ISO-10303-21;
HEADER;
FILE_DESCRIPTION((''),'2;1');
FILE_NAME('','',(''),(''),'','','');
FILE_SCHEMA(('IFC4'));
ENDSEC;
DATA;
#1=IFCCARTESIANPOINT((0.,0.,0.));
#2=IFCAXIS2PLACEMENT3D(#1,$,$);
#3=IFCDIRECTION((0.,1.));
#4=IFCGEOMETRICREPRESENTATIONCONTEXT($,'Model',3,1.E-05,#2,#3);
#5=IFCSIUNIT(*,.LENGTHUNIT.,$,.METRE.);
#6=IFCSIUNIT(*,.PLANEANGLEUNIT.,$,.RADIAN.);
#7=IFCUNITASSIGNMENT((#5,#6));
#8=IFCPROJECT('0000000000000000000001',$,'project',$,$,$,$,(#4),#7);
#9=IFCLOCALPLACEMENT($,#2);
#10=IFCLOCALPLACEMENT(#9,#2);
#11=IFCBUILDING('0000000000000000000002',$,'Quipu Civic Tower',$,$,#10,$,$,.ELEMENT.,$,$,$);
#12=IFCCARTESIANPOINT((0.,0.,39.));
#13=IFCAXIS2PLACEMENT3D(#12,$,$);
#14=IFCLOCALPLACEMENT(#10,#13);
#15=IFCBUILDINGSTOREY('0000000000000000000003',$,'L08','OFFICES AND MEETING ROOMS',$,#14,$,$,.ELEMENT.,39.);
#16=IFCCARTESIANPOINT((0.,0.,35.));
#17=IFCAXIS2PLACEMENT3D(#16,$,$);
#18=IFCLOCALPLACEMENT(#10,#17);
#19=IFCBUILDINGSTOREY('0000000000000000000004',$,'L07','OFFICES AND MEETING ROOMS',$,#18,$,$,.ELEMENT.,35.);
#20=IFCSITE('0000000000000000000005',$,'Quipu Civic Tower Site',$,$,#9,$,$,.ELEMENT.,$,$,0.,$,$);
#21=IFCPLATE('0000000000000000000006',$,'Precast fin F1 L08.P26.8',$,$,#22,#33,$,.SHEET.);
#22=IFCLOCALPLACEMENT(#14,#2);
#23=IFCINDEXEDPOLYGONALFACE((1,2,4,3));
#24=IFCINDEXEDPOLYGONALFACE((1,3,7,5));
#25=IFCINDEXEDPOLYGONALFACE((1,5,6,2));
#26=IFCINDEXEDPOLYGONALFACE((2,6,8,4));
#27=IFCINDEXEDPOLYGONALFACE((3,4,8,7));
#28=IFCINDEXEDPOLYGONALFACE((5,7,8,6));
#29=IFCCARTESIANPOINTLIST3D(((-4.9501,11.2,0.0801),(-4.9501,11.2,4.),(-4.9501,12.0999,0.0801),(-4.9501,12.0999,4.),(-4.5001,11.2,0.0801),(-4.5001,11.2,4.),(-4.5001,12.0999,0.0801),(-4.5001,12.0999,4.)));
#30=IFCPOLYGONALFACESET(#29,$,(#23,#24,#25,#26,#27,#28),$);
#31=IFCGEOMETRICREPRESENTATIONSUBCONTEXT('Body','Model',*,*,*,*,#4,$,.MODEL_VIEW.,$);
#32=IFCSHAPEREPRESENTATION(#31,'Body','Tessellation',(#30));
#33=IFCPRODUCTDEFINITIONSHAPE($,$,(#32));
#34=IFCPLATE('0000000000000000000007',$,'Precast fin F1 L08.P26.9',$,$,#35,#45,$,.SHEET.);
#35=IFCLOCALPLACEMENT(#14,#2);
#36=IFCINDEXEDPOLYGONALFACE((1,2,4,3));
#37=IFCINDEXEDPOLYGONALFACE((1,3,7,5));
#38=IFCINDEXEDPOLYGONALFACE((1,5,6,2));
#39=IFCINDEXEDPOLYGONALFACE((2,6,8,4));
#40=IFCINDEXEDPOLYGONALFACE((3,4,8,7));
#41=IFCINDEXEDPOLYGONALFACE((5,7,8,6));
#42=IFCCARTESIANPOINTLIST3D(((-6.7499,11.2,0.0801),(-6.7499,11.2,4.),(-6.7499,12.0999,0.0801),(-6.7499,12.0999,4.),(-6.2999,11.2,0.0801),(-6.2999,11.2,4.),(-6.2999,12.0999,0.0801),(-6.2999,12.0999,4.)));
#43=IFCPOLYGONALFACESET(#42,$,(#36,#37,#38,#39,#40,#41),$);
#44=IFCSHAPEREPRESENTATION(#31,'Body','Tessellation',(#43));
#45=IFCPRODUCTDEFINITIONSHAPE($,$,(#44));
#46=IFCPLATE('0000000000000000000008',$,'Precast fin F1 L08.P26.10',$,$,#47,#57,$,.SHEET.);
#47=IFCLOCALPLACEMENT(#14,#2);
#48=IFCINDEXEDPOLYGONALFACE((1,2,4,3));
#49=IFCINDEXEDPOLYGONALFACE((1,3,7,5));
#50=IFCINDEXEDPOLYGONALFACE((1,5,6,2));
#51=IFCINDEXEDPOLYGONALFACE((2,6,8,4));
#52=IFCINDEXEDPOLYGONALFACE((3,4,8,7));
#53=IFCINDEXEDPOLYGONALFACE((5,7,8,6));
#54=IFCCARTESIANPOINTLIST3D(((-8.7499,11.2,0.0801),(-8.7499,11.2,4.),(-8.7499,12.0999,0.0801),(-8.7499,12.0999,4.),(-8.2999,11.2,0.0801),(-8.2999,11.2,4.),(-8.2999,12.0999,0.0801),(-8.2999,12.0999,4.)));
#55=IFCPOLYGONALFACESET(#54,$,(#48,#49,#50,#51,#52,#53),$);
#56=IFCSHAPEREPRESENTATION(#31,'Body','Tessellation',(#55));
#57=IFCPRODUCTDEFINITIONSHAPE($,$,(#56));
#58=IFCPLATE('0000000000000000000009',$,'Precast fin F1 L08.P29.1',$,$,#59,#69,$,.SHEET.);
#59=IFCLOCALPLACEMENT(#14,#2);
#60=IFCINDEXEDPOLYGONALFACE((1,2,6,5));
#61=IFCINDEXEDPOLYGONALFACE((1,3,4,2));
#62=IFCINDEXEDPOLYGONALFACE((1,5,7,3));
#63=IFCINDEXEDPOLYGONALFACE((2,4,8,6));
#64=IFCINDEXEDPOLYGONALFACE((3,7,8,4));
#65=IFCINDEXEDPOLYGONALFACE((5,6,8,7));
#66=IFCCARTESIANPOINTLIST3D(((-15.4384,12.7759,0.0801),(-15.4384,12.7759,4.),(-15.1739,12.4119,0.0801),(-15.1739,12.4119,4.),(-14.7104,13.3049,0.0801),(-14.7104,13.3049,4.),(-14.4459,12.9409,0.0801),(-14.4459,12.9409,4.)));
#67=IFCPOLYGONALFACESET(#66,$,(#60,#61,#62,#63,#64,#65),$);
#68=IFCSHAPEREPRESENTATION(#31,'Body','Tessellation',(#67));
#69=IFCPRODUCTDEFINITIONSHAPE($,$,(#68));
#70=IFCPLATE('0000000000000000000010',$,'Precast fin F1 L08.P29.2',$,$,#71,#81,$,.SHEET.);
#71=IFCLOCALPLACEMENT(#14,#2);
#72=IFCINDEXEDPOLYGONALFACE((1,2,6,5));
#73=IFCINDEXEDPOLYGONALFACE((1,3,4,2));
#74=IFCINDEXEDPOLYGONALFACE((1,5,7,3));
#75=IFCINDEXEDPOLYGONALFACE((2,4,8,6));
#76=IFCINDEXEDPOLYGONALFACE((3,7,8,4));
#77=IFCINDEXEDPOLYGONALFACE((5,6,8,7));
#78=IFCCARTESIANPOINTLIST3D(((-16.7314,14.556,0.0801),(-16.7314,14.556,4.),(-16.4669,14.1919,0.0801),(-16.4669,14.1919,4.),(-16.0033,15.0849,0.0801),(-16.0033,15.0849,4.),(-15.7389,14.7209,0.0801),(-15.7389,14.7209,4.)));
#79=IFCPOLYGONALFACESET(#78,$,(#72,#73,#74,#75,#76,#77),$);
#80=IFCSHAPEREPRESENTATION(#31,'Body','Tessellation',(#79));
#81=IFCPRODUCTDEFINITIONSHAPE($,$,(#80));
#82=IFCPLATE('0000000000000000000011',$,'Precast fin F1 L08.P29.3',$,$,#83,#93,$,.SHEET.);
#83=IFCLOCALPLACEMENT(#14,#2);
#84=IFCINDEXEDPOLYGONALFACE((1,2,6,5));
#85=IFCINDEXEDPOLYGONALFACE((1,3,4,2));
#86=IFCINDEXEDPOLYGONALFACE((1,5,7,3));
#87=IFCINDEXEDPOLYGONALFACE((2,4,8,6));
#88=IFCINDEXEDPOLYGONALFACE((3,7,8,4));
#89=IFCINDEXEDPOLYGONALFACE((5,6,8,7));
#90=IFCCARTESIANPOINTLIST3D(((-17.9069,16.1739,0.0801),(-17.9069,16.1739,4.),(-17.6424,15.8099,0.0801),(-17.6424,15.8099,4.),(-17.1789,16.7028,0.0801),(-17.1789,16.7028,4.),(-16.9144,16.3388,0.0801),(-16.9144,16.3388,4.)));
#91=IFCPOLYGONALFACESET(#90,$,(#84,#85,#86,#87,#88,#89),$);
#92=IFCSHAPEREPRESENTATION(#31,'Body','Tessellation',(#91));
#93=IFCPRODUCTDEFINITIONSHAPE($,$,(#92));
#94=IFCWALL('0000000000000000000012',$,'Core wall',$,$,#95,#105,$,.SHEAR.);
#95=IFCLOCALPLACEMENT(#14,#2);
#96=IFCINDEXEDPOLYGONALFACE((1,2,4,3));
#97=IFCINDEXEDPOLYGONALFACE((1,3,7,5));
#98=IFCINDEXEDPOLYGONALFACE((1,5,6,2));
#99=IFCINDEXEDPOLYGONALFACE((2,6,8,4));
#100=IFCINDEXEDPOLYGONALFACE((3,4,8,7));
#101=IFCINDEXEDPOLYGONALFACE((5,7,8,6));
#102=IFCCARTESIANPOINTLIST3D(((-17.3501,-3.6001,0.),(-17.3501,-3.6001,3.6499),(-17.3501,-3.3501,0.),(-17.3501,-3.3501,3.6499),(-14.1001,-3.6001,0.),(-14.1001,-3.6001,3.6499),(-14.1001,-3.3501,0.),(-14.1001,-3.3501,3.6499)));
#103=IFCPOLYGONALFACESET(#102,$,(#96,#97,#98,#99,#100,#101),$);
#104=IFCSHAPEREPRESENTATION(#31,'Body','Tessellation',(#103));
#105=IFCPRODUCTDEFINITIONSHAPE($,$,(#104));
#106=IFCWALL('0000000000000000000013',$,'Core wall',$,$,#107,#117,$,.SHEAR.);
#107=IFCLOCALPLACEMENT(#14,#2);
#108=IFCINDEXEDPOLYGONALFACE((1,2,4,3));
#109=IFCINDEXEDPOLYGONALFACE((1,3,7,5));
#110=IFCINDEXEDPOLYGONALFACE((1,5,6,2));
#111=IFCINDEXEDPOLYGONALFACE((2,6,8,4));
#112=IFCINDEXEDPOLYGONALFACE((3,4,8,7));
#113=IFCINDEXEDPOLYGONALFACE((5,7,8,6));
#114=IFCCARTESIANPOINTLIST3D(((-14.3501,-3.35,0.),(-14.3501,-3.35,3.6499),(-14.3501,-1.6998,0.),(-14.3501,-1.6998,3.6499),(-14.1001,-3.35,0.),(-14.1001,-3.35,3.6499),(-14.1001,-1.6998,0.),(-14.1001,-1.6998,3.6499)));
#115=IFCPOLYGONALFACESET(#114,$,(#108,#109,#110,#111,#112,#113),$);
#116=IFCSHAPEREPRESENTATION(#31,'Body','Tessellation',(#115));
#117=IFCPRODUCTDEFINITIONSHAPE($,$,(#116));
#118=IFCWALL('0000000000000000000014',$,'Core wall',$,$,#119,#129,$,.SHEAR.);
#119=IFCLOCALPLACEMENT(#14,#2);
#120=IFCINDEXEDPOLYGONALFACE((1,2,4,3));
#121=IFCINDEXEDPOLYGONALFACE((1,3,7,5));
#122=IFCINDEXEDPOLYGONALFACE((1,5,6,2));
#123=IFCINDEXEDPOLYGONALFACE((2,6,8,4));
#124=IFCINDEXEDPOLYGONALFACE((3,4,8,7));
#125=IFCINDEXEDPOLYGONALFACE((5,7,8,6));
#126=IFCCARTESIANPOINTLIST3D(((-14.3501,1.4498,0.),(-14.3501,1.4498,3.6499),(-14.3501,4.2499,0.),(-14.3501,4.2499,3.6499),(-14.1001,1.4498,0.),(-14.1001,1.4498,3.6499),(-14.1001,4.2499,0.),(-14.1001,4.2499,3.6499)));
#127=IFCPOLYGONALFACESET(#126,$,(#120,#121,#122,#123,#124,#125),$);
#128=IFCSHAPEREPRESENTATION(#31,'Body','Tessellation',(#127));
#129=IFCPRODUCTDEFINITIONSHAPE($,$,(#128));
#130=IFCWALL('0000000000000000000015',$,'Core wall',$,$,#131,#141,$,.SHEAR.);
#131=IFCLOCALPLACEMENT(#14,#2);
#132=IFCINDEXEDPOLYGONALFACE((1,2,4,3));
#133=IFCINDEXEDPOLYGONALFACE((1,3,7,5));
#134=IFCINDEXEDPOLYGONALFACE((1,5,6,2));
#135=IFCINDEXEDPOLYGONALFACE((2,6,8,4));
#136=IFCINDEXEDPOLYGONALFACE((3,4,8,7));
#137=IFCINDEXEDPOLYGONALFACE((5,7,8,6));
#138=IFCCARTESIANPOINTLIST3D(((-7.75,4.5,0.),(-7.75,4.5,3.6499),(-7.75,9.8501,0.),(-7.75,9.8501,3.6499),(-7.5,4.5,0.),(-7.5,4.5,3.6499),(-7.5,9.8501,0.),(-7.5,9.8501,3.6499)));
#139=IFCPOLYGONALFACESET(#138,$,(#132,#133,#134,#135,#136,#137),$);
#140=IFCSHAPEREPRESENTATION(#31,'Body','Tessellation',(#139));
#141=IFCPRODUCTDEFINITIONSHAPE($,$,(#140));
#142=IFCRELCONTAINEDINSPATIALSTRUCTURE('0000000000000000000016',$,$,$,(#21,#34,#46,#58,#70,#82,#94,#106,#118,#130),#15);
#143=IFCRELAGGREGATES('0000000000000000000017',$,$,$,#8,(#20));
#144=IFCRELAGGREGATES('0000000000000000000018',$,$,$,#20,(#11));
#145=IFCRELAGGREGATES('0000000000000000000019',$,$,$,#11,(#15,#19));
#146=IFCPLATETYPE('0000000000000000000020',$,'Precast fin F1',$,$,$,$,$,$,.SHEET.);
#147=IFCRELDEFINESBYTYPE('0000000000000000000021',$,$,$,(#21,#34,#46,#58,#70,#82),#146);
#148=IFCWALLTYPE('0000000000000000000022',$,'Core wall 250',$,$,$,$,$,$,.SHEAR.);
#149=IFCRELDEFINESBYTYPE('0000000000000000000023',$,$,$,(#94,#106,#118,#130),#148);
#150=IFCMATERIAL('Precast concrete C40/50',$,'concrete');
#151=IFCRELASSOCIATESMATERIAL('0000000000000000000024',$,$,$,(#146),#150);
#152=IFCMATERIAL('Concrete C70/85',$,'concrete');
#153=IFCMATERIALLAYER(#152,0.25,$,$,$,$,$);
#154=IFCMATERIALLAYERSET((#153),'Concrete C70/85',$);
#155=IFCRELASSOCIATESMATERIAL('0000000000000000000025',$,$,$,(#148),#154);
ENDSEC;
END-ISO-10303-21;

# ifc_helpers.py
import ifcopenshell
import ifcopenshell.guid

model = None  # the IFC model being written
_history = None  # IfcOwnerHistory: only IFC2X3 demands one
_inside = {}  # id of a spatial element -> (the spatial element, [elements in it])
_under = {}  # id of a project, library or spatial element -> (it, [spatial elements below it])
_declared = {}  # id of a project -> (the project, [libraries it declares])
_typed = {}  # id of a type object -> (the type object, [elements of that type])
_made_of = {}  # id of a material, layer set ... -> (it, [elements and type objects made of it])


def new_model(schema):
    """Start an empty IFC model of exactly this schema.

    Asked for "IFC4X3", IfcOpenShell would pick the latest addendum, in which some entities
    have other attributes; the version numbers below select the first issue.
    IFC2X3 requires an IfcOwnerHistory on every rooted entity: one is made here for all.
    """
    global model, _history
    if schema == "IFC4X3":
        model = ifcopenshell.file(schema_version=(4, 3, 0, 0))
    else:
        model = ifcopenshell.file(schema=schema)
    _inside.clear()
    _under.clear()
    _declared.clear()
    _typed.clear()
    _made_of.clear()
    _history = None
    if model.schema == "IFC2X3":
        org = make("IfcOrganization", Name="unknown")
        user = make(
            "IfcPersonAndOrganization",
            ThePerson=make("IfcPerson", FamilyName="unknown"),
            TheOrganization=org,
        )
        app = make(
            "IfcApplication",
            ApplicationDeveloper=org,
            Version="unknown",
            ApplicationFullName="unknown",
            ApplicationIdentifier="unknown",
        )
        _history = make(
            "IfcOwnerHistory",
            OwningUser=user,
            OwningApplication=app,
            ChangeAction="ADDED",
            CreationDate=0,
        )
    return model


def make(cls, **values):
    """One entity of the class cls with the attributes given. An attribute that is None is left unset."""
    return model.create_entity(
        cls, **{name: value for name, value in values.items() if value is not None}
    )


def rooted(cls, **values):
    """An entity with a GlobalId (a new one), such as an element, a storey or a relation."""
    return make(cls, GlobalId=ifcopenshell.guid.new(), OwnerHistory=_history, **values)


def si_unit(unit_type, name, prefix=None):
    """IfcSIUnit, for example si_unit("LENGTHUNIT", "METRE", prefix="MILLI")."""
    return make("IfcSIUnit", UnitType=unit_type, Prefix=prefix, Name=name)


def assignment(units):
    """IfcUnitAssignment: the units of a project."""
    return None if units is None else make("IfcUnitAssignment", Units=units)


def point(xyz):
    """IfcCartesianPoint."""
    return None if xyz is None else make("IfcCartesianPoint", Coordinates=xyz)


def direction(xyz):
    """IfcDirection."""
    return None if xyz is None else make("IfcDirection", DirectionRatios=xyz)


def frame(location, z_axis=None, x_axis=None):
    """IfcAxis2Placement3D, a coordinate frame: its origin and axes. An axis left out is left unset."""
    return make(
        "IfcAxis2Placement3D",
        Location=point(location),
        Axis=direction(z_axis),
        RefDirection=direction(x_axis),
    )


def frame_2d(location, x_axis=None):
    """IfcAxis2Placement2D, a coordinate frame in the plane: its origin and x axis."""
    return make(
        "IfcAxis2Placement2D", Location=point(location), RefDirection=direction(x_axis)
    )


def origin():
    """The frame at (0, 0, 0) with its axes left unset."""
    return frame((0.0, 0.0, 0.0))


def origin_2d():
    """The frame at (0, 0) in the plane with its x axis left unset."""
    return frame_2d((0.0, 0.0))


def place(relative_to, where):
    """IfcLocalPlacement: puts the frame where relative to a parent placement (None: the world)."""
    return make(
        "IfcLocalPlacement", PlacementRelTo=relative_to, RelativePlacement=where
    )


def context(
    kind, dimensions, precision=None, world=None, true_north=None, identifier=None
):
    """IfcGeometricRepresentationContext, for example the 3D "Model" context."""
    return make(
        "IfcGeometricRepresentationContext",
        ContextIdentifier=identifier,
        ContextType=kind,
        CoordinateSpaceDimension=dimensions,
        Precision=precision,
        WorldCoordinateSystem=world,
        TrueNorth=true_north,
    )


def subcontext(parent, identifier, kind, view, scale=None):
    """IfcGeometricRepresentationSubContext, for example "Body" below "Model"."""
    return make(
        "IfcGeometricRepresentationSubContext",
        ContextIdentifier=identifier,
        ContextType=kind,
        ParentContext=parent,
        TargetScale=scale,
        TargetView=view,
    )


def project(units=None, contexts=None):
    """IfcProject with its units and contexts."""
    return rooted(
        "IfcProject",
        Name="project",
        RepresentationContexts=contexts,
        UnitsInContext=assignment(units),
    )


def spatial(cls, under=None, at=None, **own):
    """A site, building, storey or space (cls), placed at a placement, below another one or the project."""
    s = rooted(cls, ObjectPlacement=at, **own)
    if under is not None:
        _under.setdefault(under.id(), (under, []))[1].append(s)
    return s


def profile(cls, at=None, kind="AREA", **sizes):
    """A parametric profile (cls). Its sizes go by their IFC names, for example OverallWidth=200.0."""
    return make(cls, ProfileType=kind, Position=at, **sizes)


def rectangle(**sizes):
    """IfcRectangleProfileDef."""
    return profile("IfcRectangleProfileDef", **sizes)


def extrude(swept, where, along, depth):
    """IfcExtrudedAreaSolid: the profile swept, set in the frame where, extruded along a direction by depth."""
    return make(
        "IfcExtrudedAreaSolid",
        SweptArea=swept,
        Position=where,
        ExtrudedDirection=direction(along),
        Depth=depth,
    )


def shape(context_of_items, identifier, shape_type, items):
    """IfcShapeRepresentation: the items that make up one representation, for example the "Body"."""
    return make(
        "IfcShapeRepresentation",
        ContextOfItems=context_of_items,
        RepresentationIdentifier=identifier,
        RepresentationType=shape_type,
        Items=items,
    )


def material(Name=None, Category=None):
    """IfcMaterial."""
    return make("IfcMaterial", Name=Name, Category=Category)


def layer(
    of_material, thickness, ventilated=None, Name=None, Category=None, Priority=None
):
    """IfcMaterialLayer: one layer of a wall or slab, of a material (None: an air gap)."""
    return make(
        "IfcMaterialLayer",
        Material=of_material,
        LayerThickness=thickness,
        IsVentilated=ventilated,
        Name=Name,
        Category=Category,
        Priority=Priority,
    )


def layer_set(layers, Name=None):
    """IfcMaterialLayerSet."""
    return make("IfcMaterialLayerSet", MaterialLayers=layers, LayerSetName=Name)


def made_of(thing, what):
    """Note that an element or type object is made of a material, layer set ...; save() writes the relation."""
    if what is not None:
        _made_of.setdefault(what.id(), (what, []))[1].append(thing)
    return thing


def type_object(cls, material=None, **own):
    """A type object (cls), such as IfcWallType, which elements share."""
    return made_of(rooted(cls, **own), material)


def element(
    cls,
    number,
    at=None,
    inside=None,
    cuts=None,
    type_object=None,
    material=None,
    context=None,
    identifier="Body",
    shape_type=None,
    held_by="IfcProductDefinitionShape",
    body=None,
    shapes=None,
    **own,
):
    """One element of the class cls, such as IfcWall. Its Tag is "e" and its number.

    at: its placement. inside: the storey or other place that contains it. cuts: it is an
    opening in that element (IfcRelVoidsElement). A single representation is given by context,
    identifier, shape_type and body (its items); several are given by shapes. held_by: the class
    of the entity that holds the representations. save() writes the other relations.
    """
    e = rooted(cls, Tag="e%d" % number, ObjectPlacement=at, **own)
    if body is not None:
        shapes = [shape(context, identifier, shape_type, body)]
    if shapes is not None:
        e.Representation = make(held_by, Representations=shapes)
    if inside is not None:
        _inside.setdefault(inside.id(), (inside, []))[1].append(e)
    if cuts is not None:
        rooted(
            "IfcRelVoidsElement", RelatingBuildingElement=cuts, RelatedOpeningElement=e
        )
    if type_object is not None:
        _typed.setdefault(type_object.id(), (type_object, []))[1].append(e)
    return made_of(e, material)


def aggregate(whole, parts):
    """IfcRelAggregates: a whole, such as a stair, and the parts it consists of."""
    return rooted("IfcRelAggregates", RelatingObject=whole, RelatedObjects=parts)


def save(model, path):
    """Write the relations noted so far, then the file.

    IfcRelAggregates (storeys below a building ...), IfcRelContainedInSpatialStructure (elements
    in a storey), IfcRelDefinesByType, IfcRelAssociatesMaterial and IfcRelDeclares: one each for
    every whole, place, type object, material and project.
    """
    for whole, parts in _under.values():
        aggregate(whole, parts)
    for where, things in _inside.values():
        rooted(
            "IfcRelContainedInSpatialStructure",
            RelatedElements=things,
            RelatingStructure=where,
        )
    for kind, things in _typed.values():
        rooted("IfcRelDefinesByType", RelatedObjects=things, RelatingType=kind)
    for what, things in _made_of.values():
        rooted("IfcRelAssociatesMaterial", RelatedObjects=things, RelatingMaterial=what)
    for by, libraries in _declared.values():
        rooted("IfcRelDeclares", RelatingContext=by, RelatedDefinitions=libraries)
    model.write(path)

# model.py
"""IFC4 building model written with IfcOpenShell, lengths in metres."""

from ifc_helpers import new_model, si_unit, direction, frame, frame_2d, origin, origin_2d, place, context, subcontext, project, spatial, rectangle, extrude, material, layer, layer_set, type_object, element, save


model = new_model("IFC4")

# Units and contexts
model_context = context("Model", 3, precision=1e-05, world=origin(), true_north=direction((0.0, 1.0)))
body_context = subcontext(model_context, "Body", "Model", "MODEL_VIEW")
ifc_project = project(units=[si_unit("LENGTHUNIT", "METRE"), si_unit("PLANEANGLEUNIT", "RADIAN")], contexts=[model_context])

# Site, building, storey
site_placement = place(None, origin())
site = spatial("IfcSite", under=ifc_project, at=site_placement, Name="Quipu Civic Tower Site", CompositionType="ELEMENT", RefElevation=0.0)
building_placement = place(site_placement, origin())
building = spatial("IfcBuilding", under=site, at=building_placement, Name="Quipu Civic Tower", CompositionType="ELEMENT")
storey_1_placement = place(building_placement, frame((0.0, 0.0, 39.0)))
storey_1 = spatial("IfcBuildingStorey", under=building, at=storey_1_placement, Name="L08", Description="OFFICES AND MEETING ROOMS", CompositionType="ELEMENT", Elevation=39.0)

# Shared definitions
storey_2_placement = place(building_placement, frame((0.0, 0.0, 35.0)))
storey_2 = spatial("IfcBuildingStorey", under=building, at=storey_2_placement, Name="L07", Description="OFFICES AND MEETING ROOMS", CompositionType="ELEMENT", Elevation=35.0)

# Plates
ifc_material_1 = material(Name="Precast concrete C40/50", Category="concrete")
plate_type_1 = type_object("IfcPlateType", Name="Precast fin F1", PredefinedType="SHEET", material=ifc_material_1)
for number, where, z_axis, x_axis, name in (
    (1, (-4.7251, 11.6499, 0.0801), (0.0, 0.0, 1.0), (-1.0, 0.0, 0.0), "Precast fin F1 L08.P26.8"),
    (2, (-6.5249, 11.6499, 0.0801), (0.0, 0.0, 1.0), (-1.0, 0.0, 0.0), "Precast fin F1 L08.P26.9"),
    (3, (-8.5249, 11.6499, 0.0801), (0.0, 0.0, 1.0), (-1.0, 0.0, 0.0), "Precast fin F1 L08.P26.10"),
    (4, (-14.9421, 12.8584, 0.0801), (0.0, 0.0, 1.0), (-0.587785, 0.809017, 0.0), "Precast fin F1 L08.P29.1"),
    (5, (-16.2351, 14.6384, 0.0801), (0.0, 0.0, 1.0), (-0.587785, 0.809017, 0.0), "Precast fin F1 L08.P29.2"),
    (6, (-17.4106, 16.2563, 0.0801), (0.0, 0.0, 1.0), (-0.587785, 0.809017, 0.0), "Precast fin F1 L08.P29.3"),
):
    element("IfcPlate", number, at=place(storey_1_placement, frame(where, z_axis=z_axis, x_axis=x_axis)), inside=storey_1, type_object=plate_type_1, Name=name, PredefinedType="SHEET", context=body_context, shape_type="SweptSolid", body=[
        extrude(rectangle(XDim=0.45, YDim=0.8999, at=origin_2d()), origin(), (0.0, 0.0, 1.0), 3.9199),
    ])

# Walls
ifc_material_2 = material(Name="Concrete C70/85", Category="concrete")
ifc_layer_1 = layer(ifc_material_2, 0.25)
ifc_layer_set_1 = layer_set([ifc_layer_1], Name="Concrete C70/85")
wall_type_1 = type_object("IfcWallType", Name="Core wall 250", PredefinedType="SHEAR", material=ifc_layer_set_1)
wall_1_placement = place(storey_1_placement, frame((-17.3501, -3.4751, 0.0), z_axis=(0.0, 0.0, 1.0), x_axis=(1.0, 0.0, 0.0)))
element("IfcWall", 7, at=wall_1_placement, inside=storey_1, type_object=wall_type_1, Name="Core wall", PredefinedType="SHEAR", context=body_context, shape_type="SweptSolid", body=[
    extrude(rectangle(XDim=3.25, YDim=0.25, at=frame_2d((1.625, 0.0))), origin(), (0.0, 0.0, 1.0), 3.6499),
])
wall_2_placement = place(storey_1_placement, frame((-14.2251, -3.3501, 0.0), z_axis=(0.0, 0.0, 1.0), x_axis=(0.0, 1.0, 0.0)))
element("IfcWall", 8, at=wall_2_placement, inside=storey_1, type_object=wall_type_1, Name="Core wall", PredefinedType="SHEAR", context=body_context, shape_type="SweptSolid", body=[
    extrude(rectangle(XDim=1.6501, YDim=0.25, at=frame_2d((0.8252, 0.0))), origin(), (0.0, 0.0, 1.0), 3.6499),
])
wall_3_placement = place(storey_1_placement, frame((-14.2251, 1.45, 0.0), z_axis=(0.0, 0.0, 1.0), x_axis=(0.0, 1.0, 0.0)))
element("IfcWall", 9, at=wall_3_placement, inside=storey_1, type_object=wall_type_1, Name="Core wall", PredefinedType="SHEAR", context=body_context, shape_type="SweptSolid", body=[
    extrude(rectangle(XDim=2.8, YDim=0.25, at=frame_2d((1.3999, 0.0))), origin(), (0.0, 0.0, 1.0), 3.6499),
])
wall_4_placement = place(storey_1_placement, frame((-7.625, 4.5, 0.0), z_axis=(0.0, 0.0, 1.0), x_axis=(0.0, 1.0, 0.0)))
element("IfcWall", 10, at=wall_4_placement, inside=storey_1, type_object=wall_type_1, Name="Core wall", PredefinedType="SHEAR", context=body_context, shape_type="SweptSolid", body=[
    extrude(rectangle(XDim=5.3501, YDim=0.25, at=frame_2d((2.675, 0.0))), origin(), (0.0, 0.0, 1.0), 3.6499),
])

save(model, "model.ifc")
